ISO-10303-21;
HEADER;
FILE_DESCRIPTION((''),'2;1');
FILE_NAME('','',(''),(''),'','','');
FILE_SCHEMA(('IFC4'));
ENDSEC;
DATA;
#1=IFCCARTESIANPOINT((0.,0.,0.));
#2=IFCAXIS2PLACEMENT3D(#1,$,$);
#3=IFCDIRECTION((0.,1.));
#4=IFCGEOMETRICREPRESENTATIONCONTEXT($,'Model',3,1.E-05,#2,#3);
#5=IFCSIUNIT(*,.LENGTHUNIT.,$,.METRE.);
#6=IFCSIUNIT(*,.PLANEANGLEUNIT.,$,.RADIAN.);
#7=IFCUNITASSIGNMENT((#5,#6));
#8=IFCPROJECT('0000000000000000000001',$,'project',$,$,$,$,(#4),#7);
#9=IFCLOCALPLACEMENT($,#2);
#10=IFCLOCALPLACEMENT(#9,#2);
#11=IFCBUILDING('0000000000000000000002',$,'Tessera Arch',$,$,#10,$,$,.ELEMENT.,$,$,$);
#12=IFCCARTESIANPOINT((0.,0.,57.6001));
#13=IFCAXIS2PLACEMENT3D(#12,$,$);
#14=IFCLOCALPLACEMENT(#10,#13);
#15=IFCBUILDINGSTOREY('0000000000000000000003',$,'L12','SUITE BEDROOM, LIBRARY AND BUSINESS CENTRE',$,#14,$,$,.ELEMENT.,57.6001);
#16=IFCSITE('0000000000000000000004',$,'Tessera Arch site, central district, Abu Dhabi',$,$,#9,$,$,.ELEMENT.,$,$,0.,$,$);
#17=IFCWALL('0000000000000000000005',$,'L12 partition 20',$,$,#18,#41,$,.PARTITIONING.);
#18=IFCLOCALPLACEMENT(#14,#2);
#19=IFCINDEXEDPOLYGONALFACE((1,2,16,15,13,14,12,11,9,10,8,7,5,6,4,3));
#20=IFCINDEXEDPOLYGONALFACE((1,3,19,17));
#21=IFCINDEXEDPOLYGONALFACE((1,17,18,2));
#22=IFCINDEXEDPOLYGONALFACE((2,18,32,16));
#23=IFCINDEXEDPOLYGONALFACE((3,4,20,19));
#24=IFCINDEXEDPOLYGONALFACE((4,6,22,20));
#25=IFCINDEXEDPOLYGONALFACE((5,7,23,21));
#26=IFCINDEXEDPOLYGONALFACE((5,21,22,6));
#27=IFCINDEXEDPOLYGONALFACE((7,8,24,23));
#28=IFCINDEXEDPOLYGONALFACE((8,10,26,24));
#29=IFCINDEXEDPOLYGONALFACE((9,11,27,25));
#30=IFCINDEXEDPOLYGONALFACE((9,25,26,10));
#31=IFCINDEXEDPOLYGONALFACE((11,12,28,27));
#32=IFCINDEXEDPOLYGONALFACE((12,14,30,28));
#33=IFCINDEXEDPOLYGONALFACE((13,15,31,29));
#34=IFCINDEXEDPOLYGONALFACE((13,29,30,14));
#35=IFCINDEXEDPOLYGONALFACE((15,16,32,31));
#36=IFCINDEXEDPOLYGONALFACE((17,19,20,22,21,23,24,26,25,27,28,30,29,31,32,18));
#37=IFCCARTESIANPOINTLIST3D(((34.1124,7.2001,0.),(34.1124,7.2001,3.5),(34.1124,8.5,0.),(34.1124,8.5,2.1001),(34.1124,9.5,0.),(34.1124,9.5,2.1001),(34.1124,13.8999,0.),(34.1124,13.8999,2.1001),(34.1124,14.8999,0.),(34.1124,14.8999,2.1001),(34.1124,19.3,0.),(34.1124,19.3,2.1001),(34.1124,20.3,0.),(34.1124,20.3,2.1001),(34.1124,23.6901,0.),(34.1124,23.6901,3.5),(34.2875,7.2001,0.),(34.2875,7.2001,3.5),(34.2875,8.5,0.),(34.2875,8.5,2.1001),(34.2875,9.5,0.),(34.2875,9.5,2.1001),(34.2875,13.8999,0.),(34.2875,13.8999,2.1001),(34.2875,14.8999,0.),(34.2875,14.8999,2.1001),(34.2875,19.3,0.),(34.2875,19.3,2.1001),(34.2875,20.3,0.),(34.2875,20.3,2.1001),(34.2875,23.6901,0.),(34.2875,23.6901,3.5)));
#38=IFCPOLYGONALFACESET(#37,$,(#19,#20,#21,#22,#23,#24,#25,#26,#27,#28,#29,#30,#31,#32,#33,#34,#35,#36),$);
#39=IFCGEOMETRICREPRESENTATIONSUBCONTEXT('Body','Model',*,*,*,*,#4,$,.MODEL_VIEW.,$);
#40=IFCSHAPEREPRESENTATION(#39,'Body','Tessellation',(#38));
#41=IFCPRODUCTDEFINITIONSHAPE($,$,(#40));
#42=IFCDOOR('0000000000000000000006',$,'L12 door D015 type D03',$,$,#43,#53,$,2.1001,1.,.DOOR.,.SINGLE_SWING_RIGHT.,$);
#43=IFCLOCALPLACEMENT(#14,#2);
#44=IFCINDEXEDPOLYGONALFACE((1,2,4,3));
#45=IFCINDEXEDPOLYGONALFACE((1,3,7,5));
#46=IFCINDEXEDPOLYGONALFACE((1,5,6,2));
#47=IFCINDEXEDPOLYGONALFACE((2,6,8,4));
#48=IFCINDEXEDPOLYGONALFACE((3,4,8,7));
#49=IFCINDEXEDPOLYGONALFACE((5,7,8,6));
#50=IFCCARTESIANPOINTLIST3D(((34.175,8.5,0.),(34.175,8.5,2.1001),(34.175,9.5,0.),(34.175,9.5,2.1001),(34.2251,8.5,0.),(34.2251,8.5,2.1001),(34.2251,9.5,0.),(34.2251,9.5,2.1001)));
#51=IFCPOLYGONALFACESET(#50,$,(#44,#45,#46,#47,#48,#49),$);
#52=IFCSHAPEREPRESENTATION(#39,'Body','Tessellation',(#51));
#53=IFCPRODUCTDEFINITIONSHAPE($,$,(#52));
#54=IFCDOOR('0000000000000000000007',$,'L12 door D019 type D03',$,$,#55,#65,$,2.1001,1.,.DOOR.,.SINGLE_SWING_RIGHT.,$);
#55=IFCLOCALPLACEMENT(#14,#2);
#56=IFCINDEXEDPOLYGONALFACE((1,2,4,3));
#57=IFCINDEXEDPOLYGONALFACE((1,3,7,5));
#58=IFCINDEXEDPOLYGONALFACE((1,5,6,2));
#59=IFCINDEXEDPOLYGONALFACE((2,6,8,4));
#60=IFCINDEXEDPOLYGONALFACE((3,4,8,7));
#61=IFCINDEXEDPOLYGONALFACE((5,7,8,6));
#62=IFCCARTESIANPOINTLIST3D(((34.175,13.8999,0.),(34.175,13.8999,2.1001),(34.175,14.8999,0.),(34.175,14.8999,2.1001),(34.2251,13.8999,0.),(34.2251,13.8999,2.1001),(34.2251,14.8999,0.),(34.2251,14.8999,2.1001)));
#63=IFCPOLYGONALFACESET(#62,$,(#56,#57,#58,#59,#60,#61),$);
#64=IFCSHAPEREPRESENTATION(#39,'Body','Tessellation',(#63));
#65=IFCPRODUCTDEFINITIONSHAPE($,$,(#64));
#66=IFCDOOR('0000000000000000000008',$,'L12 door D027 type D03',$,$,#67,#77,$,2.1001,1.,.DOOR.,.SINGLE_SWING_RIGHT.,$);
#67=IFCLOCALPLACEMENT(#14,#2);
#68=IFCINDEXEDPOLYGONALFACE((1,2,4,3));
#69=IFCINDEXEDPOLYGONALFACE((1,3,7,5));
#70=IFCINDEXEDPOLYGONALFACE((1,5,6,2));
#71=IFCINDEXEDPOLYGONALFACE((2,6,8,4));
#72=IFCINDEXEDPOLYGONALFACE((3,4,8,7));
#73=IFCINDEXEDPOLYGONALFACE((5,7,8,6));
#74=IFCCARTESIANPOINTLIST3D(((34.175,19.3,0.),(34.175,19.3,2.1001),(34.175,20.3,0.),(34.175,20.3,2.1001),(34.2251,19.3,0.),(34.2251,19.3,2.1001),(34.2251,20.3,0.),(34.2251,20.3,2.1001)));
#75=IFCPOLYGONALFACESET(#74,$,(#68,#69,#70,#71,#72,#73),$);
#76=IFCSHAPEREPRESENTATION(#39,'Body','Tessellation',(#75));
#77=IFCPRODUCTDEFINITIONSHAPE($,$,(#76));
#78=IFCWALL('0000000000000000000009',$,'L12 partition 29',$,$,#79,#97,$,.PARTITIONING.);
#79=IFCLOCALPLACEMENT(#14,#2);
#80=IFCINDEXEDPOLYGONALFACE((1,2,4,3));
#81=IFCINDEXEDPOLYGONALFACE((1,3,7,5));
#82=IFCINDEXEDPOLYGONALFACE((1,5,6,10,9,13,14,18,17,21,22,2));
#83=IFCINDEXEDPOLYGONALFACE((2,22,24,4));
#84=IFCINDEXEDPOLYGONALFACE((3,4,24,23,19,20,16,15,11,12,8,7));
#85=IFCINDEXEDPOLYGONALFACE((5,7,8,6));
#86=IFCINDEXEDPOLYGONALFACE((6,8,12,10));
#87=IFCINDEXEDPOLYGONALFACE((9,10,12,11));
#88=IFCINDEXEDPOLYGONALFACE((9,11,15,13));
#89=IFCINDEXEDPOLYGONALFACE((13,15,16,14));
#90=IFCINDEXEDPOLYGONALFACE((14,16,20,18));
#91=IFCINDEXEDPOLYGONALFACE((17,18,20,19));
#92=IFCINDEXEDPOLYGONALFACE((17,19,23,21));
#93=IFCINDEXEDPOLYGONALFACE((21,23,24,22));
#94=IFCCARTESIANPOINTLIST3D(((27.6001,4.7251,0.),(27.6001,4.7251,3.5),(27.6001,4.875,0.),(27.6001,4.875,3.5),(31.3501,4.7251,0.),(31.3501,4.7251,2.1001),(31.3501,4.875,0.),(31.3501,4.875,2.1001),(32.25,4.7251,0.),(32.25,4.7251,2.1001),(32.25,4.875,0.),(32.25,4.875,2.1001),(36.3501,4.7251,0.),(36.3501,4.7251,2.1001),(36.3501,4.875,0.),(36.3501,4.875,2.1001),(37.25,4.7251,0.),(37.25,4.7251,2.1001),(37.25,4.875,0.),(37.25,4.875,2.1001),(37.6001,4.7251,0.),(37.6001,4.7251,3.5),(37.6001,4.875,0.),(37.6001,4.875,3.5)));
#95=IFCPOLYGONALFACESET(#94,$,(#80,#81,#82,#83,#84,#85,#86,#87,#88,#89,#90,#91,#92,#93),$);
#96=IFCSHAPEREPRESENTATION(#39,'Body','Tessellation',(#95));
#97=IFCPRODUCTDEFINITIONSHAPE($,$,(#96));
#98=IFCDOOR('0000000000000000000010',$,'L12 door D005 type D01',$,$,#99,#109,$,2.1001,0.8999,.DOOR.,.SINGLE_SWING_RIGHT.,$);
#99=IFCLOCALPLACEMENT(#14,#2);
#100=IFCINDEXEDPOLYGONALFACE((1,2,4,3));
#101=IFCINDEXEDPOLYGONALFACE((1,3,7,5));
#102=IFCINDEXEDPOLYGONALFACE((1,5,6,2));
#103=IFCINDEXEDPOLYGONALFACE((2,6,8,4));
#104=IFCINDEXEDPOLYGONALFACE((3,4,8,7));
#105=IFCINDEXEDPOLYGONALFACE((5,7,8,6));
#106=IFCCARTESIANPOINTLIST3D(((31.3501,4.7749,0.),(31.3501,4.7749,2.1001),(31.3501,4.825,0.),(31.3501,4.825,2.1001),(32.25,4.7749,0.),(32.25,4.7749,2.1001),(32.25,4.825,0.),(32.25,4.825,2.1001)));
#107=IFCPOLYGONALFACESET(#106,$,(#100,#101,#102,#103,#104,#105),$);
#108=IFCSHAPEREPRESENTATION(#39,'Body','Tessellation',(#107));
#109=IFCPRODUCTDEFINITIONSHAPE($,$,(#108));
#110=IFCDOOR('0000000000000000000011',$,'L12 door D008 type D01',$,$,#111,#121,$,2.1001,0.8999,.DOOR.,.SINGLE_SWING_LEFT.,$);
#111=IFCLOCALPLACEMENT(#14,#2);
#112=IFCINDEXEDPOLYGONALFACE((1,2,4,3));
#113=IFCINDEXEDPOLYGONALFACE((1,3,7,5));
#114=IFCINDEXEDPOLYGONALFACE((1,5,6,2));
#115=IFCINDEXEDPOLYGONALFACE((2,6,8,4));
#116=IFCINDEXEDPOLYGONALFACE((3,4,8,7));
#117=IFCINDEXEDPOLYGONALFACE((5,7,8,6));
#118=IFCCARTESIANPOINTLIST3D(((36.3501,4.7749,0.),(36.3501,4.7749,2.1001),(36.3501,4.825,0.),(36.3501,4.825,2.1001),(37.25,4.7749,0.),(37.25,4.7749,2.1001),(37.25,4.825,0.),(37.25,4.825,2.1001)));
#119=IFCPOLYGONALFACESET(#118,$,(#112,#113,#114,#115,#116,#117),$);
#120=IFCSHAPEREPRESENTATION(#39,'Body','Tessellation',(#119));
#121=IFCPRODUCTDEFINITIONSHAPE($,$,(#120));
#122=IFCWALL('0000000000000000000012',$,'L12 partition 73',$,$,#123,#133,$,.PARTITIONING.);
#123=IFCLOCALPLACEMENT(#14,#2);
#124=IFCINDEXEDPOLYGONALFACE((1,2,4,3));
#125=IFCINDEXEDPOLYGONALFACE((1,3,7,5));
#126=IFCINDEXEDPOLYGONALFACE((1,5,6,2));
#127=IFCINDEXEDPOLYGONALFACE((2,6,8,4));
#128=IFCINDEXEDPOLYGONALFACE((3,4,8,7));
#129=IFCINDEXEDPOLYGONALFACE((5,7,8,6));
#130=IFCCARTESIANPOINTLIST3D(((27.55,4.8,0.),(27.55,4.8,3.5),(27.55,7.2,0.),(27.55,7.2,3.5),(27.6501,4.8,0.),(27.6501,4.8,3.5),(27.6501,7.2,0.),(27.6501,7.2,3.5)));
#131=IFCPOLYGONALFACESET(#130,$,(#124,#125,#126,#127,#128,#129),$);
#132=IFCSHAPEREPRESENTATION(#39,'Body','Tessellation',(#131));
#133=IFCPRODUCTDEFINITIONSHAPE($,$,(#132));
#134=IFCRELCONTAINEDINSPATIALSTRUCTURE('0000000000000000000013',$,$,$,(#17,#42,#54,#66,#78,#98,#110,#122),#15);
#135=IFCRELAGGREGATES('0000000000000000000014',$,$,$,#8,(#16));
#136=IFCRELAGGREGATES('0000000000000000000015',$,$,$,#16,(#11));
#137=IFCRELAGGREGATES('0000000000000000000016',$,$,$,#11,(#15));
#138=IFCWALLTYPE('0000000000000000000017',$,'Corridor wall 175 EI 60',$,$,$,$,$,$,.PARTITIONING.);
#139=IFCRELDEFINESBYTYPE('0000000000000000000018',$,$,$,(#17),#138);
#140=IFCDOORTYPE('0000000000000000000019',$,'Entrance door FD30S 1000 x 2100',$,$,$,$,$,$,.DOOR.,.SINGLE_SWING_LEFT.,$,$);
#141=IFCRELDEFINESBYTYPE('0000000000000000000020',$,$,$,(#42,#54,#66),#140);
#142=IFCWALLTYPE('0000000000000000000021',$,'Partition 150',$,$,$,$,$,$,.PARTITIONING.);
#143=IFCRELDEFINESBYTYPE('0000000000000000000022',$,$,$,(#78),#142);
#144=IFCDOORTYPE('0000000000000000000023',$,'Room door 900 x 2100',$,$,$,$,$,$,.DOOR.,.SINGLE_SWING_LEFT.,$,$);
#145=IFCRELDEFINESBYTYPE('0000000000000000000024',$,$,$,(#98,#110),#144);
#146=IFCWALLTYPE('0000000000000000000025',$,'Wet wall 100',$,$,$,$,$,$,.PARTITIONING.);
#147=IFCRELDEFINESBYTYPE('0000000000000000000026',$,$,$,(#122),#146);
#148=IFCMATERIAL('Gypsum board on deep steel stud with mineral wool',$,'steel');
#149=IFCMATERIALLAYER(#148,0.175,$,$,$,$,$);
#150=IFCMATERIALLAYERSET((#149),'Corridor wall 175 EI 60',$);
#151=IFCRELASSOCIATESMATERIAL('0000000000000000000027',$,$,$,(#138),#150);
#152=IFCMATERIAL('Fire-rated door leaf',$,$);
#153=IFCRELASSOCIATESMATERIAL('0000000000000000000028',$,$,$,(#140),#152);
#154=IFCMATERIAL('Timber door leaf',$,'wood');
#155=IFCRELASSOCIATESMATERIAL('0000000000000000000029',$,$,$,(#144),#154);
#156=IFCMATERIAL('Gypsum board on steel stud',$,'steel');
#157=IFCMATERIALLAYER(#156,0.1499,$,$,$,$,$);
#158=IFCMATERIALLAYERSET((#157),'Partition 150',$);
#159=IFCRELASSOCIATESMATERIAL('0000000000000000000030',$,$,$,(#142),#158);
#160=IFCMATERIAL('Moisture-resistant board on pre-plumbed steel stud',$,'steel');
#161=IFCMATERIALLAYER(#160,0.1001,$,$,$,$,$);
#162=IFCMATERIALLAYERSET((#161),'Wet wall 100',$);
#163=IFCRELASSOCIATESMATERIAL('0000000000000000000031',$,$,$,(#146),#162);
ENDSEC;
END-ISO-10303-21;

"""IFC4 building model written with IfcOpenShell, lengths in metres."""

from ifc_helpers import new_model, si_unit, direction, frame, frame_2d, origin, place, context, subcontext, project, spatial, rectangle, extrude, material, layer, layer_set, type_object, element, fill, save


model = new_model("IFC4")

# Units and contexts
model_context = context("Model", 3, precision=1e-05, world=origin(), true_north=direction((0.0, 1.0)))
body_context = subcontext(model_context, "Body", "Model", "MODEL_VIEW")
ifc_project = project(units=[si_unit("LENGTHUNIT", "METRE"), si_unit("PLANEANGLEUNIT", "RADIAN")], contexts=[model_context])

# Site, building, storey
site_placement = place(None, origin())
site = spatial("IfcSite", under=ifc_project, at=site_placement, Name="Tessera Arch site, central district, Abu Dhabi", CompositionType="ELEMENT", RefElevation=0.0)
building_placement = place(site_placement, origin())
building = spatial("IfcBuilding", under=site, at=building_placement, Name="Tessera Arch", CompositionType="ELEMENT")
storey_placement = place(building_placement, frame((0.0, 0.0, 57.6001)))
storey = spatial("IfcBuildingStorey", under=building, at=storey_placement, Name="L12", Description="SUITE BEDROOM, LIBRARY AND BUSINESS CENTRE", CompositionType="ELEMENT", Elevation=57.6001)

# Walls, openings, doors
ifc_material_1 = material(Name="Gypsum board on deep steel stud with mineral wool", Category="steel")
ifc_layer_1 = layer(ifc_material_1, 0.175)
ifc_layer_set_1 = layer_set([ifc_layer_1], Name="Corridor wall 175 EI 60")
wall_type_1 = type_object("IfcWallType", Name="Corridor wall 175 EI 60", PredefinedType="PARTITIONING", material=ifc_layer_set_1)
ifc_material_2 = material(Name="Fire-rated door leaf")
door_type_1 = type_object("IfcDoorType", Name="Entrance door FD30S 1000 x 2100", OperationType="SINGLE_SWING_LEFT", PredefinedType="DOOR", material=ifc_material_2)
ifc_material_3 = material(Name="Timber door leaf", Category="wood")
door_type_2 = type_object("IfcDoorType", Name="Room door 900 x 2100", OperationType="SINGLE_SWING_LEFT", PredefinedType="DOOR", material=ifc_material_3)
wall_1_placement = place(storey_placement, frame((34.2, 7.2, 0.0), z_axis=(0.0, 0.0, 1.0), x_axis=(0.0, 1.0, 0.0)))
wall_1 = element("IfcWall", 1, at=wall_1_placement, inside=storey, type_object=wall_type_1, Name="L12 partition 20", PredefinedType="PARTITIONING", context=body_context, shape_type="SweptSolid", body=[
    extrude(rectangle(XDim=16.49, YDim=0.175, at=frame_2d((8.2451, 0.0))), origin(), (0.0, 0.0, 1.0), 3.5),
])
opening_1_placement = place(wall_1_placement, frame((1.3, 0.0, 0.0)))
opening_1 = element("IfcOpeningElement", 2, at=opening_1_placement, cuts=wall_1, PredefinedType="OPENING", context=body_context, shape_type="SweptSolid", body=[
    extrude(rectangle(XDim=1.0, YDim=2.1001, at=frame_2d((0.5, 1.05))), frame((0.0, 0.0974, 0.0), z_axis=(0.0, -1.0, 0.0), x_axis=(1.0, 0.0, 0.0)), (0.0, 0.0, 1.0), 0.1951),
])
opening_2_placement = place(wall_1_placement, frame((6.7, 0.0, 0.0)))
opening_2 = element("IfcOpeningElement", 3, at=opening_2_placement, cuts=wall_1, PredefinedType="OPENING", context=body_context, shape_type="SweptSolid", body=[
    extrude(rectangle(XDim=1.0, YDim=2.1001, at=frame_2d((0.5, 1.05))), frame((0.0, 0.0974, 0.0), z_axis=(0.0, -1.0, 0.0), x_axis=(1.0, 0.0, 0.0)), (0.0, 0.0, 1.0), 0.1951),
])
opening_3_placement = place(wall_1_placement, frame((12.1001, 0.0, 0.0)))
opening_3 = element("IfcOpeningElement", 4, at=opening_3_placement, cuts=wall_1, PredefinedType="OPENING", context=body_context, shape_type="SweptSolid", body=[
    extrude(rectangle(XDim=1.0, YDim=2.1001, at=frame_2d((0.5, 1.05))), frame((0.0, 0.0974, 0.0), z_axis=(0.0, -1.0, 0.0), x_axis=(1.0, 0.0, 0.0)), (0.0, 0.0, 1.0), 0.1951),
])
door_1_placement = place(opening_1_placement, origin())
door_1 = element("IfcDoor", 5, at=door_1_placement, inside=storey, type_object=door_type_1, Name="L12 door D015 type D03", OperationType="SINGLE_SWING_RIGHT", OverallHeight=2.1001, OverallWidth=1.0, PredefinedType="DOOR", context=body_context, shape_type="SweptSolid", body=[
    extrude(rectangle(XDim=1.0, YDim=2.1001, at=frame_2d((0.5, 1.05))), frame((0.0, 0.0249, 0.0), z_axis=(0.0, -1.0, 0.0), x_axis=(1.0, 0.0, 0.0)), (0.0, 0.0, 1.0), 0.05),
])
fill(opening_1, door_1)
door_2_placement = place(opening_2_placement, origin())
door_2 = element("IfcDoor", 6, at=door_2_placement, inside=storey, type_object=door_type_1, Name="L12 door D019 type D03", OperationType="SINGLE_SWING_RIGHT", OverallHeight=2.1001, OverallWidth=1.0, PredefinedType="DOOR", context=body_context, shape_type="SweptSolid", body=[
    extrude(rectangle(XDim=1.0, YDim=2.1001, at=frame_2d((0.5, 1.05))), frame((0.0, 0.0249, 0.0), z_axis=(0.0, -1.0, 0.0), x_axis=(1.0, 0.0, 0.0)), (0.0, 0.0, 1.0), 0.05),
])
fill(opening_2, door_2)
door_3_placement = place(opening_3_placement, origin())
door_3 = element("IfcDoor", 7, at=door_3_placement, inside=storey, type_object=door_type_1, Name="L12 door D027 type D03", OperationType="SINGLE_SWING_RIGHT", OverallHeight=2.1001, OverallWidth=1.0, PredefinedType="DOOR", context=body_context, shape_type="SweptSolid", body=[
    extrude(rectangle(XDim=1.0, YDim=2.1001, at=frame_2d((0.5, 1.05))), frame((0.0, 0.0249, 0.0), z_axis=(0.0, -1.0, 0.0), x_axis=(1.0, 0.0, 0.0)), (0.0, 0.0, 1.0), 0.05),
])
fill(opening_3, door_3)
ifc_material_4 = material(Name="Gypsum board on steel stud", Category="steel")
ifc_layer_2 = layer(ifc_material_4, 0.1499)
ifc_layer_set_2 = layer_set([ifc_layer_2], Name="Partition 150")
wall_type_2 = type_object("IfcWallType", Name="Partition 150", PredefinedType="PARTITIONING", material=ifc_layer_set_2)
wall_2_placement = place(storey_placement, frame((27.6001, 4.8, 0.0), z_axis=(0.0, 0.0, 1.0), x_axis=(1.0, 0.0, 0.0)))
wall_2 = element("IfcWall", 8, at=wall_2_placement, inside=storey, type_object=wall_type_2, Name="L12 partition 29", PredefinedType="PARTITIONING", context=body_context, shape_type="SweptSolid", body=[
    extrude(rectangle(XDim=10.0, YDim=0.1499, at=frame_2d((5.0, 0.0))), origin(), (0.0, 0.0, 1.0), 3.5),
])
opening_4_placement = place(wall_2_placement, frame((3.75, 0.0, 0.0)))
opening_4 = element("IfcOpeningElement", 9, at=opening_4_placement, cuts=wall_2, PredefinedType="OPENING", context=body_context, shape_type="SweptSolid", body=[
    extrude(rectangle(XDim=0.8999, YDim=2.1001, at=frame_2d((0.45, 1.05))), frame((0.0, 0.085, 0.0), z_axis=(0.0, -1.0, 0.0), x_axis=(1.0, 0.0, 0.0)), (0.0, 0.0, 1.0), 0.1699),
])
opening_5_placement = place(wall_2_placement, frame((8.75, 0.0, 0.0)))
opening_5 = element("IfcOpeningElement", 10, at=opening_5_placement, cuts=wall_2, PredefinedType="OPENING", context=body_context, shape_type="SweptSolid", body=[
    extrude(rectangle(XDim=0.8999, YDim=2.1001, at=frame_2d((0.45, 1.05))), frame((0.0, 0.085, 0.0), z_axis=(0.0, -1.0, 0.0), x_axis=(1.0, 0.0, 0.0)), (0.0, 0.0, 1.0), 0.1699),
])
door_4_placement = place(opening_4_placement, origin())
door_4 = element("IfcDoor", 11, at=door_4_placement, inside=storey, type_object=door_type_2, Name="L12 door D005 type D01", OperationType="SINGLE_SWING_RIGHT", OverallHeight=2.1001, OverallWidth=0.8999, PredefinedType="DOOR", context=body_context, shape_type="SweptSolid", body=[
    extrude(rectangle(XDim=0.8999, YDim=2.1001, at=frame_2d((0.45, 1.05))), frame((0.0, 0.0249, 0.0), z_axis=(0.0, -1.0, 0.0), x_axis=(1.0, 0.0, 0.0)), (0.0, 0.0, 1.0), 0.05),
])
fill(opening_4, door_4)
door_5_placement = place(opening_5_placement, origin())
door_5 = element("IfcDoor", 12, at=door_5_placement, inside=storey, type_object=door_type_2, Name="L12 door D008 type D01", OperationType="SINGLE_SWING_LEFT", OverallHeight=2.1001, OverallWidth=0.8999, PredefinedType="DOOR", context=body_context, shape_type="SweptSolid", body=[
    extrude(rectangle(XDim=0.8999, YDim=2.1001, at=frame_2d((0.45, 1.05))), frame((0.0, 0.0249, 0.0), z_axis=(0.0, -1.0, 0.0), x_axis=(1.0, 0.0, 0.0)), (0.0, 0.0, 1.0), 0.05),
])
fill(opening_5, door_5)

# Wall
ifc_material_5 = material(Name="Moisture-resistant board on pre-plumbed steel stud", Category="steel")
ifc_layer_3 = layer(ifc_material_5, 0.1001)
ifc_layer_set_3 = layer_set([ifc_layer_3], Name="Wet wall 100")
wall_type_3 = type_object("IfcWallType", Name="Wet wall 100", PredefinedType="PARTITIONING", material=ifc_layer_set_3)
wall_3_placement = place(storey_placement, frame((27.6001, 4.8, 0.0), z_axis=(0.0, 0.0, 1.0), x_axis=(0.0, 1.0, 0.0)))
element("IfcWall", 13, at=wall_3_placement, inside=storey, type_object=wall_type_3, Name="L12 partition 73", PredefinedType="PARTITIONING", context=body_context, shape_type="SweptSolid", body=[
    extrude(rectangle(XDim=2.3999, YDim=0.1001, at=frame_2d((1.2, 0.0))), origin(), (0.0, 0.0, 1.0), 3.5),
])

save(model, "model.ifc")
